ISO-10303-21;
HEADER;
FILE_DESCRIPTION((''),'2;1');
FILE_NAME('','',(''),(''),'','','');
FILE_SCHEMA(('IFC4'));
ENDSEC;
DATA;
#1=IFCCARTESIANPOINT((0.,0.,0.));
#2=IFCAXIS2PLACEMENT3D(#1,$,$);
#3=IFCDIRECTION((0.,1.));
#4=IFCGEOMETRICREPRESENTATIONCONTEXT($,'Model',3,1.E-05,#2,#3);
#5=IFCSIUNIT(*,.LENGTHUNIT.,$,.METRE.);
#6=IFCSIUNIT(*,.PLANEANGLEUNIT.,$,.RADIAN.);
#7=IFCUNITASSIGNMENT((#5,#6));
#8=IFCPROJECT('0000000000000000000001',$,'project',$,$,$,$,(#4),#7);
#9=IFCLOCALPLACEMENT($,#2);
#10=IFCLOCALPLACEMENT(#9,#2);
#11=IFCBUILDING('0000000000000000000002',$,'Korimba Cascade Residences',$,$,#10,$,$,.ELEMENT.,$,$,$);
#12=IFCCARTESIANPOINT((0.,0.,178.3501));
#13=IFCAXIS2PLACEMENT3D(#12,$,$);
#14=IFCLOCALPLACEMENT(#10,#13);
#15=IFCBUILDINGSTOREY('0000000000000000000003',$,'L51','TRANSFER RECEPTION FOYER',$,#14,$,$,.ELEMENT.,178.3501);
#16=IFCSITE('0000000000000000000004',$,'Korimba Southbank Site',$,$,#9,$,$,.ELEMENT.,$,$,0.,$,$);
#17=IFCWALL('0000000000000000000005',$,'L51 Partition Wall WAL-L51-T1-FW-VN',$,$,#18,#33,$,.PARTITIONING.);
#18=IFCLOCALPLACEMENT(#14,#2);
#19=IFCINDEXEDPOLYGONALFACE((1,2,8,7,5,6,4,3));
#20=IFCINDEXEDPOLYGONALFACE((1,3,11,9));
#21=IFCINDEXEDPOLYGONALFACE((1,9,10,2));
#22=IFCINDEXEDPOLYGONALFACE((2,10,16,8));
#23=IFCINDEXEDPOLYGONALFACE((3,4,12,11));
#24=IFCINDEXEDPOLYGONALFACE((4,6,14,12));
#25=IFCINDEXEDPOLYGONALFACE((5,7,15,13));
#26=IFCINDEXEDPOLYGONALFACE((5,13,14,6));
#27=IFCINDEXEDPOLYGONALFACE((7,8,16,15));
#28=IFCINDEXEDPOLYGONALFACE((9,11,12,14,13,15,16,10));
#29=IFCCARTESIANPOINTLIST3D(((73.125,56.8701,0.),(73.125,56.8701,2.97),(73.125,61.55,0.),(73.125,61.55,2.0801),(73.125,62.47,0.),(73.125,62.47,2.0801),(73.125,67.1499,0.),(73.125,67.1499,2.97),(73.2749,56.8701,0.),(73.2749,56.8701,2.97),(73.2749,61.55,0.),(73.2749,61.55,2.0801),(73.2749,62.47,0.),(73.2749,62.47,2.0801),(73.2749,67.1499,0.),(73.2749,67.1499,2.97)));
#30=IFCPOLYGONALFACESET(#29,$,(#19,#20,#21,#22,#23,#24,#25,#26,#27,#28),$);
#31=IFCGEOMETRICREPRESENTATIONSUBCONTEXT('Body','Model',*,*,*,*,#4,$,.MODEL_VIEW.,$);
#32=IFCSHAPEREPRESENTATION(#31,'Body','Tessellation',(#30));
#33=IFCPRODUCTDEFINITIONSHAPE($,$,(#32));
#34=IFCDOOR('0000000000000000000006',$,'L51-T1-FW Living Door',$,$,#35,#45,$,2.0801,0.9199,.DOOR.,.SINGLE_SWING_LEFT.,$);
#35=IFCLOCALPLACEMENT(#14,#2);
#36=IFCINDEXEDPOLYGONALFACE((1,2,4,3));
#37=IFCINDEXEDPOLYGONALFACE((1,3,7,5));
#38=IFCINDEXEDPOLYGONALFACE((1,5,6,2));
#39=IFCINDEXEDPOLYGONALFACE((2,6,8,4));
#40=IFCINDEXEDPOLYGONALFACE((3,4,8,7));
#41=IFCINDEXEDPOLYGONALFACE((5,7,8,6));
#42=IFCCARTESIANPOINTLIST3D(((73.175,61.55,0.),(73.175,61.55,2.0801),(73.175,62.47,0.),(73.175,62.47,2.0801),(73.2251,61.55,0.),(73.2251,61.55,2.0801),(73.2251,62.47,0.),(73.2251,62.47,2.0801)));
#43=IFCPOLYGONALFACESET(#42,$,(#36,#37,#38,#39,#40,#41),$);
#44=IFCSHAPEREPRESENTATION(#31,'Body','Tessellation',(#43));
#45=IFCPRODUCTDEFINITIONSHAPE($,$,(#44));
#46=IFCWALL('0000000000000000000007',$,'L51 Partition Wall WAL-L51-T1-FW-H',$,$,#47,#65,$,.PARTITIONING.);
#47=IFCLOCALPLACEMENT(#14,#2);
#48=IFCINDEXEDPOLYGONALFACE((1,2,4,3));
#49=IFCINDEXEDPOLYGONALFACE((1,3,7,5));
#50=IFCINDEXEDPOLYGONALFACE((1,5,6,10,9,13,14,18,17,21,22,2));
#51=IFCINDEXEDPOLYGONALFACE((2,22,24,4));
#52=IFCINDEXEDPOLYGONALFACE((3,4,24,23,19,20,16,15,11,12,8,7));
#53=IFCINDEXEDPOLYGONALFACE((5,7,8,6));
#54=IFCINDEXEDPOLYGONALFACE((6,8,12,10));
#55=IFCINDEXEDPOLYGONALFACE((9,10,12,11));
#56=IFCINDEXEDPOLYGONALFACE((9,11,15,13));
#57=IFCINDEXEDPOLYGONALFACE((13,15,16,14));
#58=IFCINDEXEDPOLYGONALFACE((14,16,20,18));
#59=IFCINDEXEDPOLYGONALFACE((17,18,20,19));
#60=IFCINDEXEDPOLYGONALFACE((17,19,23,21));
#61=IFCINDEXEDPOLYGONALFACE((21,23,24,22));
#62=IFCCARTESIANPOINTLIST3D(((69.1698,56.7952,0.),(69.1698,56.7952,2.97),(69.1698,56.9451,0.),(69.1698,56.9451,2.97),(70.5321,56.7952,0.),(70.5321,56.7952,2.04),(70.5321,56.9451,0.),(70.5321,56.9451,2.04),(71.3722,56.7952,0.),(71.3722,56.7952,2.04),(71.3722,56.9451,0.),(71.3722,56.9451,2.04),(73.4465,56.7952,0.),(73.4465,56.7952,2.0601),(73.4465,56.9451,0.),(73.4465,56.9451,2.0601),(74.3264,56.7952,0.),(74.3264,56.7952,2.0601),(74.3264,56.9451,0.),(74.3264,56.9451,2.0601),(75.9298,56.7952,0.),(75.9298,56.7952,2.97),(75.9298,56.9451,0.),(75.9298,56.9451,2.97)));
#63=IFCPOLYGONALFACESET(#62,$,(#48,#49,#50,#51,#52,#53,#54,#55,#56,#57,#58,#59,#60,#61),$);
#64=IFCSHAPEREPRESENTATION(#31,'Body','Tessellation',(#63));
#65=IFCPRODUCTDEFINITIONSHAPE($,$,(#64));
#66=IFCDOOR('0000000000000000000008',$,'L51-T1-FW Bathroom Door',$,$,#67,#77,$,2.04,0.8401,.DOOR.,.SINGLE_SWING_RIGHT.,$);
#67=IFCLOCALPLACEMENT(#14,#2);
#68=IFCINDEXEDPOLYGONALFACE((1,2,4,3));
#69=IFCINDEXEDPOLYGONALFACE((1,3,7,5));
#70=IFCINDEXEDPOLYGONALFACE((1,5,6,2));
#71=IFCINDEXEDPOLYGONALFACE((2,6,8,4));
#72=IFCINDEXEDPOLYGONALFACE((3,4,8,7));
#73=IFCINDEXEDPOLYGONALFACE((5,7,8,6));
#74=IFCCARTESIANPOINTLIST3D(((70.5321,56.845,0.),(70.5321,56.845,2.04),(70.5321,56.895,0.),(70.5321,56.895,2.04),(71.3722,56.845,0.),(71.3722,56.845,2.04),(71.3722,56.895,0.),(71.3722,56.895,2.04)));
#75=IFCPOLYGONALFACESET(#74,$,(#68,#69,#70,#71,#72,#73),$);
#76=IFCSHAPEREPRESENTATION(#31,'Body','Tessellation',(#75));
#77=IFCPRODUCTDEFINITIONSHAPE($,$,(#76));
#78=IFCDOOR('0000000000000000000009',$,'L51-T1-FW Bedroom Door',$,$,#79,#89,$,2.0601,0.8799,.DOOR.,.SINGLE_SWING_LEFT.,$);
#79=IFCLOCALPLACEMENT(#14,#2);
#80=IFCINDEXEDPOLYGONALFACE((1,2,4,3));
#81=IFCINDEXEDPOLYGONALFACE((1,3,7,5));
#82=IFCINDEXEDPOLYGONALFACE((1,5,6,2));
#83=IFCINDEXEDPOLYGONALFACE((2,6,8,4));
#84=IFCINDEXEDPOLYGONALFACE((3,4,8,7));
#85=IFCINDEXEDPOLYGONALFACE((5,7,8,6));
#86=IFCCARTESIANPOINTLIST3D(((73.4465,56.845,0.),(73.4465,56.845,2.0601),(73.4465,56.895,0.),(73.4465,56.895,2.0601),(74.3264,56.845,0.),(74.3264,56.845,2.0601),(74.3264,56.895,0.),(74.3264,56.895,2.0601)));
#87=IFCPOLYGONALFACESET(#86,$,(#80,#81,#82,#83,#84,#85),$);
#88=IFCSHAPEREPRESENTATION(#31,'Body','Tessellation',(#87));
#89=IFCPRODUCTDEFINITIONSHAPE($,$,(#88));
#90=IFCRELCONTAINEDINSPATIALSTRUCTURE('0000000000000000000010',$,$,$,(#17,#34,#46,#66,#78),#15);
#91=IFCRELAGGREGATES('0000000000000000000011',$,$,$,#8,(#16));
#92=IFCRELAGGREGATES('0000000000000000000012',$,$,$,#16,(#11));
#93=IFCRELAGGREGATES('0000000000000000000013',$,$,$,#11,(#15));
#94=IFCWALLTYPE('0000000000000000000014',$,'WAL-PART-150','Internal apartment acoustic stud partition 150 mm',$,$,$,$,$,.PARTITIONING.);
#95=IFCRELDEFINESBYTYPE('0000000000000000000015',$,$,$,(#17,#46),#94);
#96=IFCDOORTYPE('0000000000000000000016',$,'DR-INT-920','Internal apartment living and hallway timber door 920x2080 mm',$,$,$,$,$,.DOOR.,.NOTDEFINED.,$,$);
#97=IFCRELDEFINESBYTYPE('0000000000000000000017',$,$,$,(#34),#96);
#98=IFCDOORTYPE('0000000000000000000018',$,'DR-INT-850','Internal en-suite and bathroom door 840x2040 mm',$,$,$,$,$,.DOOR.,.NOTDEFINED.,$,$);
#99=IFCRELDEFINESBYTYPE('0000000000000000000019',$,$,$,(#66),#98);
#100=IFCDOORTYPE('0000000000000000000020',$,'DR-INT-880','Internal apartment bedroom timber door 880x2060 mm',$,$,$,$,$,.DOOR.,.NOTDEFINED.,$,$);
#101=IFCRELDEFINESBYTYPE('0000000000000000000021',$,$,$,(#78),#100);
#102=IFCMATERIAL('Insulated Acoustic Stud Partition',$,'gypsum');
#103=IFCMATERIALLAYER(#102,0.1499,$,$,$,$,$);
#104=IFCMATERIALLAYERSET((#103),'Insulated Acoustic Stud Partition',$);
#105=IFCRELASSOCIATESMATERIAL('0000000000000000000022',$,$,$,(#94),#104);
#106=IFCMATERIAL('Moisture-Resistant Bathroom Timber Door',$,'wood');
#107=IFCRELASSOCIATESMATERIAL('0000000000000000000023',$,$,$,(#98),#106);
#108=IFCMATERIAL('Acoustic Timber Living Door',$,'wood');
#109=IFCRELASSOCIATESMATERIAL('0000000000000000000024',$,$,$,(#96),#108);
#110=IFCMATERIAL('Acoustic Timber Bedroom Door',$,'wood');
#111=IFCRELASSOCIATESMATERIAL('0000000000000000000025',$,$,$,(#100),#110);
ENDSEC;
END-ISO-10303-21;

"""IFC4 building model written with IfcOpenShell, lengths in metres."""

from ifc_helpers import new_model, si_unit, direction, frame, frame_2d, origin, place, context, subcontext, project, spatial, rectangle, extrude, material, layer, layer_set, type_object, element, fill, save


model = new_model("IFC4")

# Units and contexts
model_context = context("Model", 3, precision=1e-05, world=origin(), true_north=direction((0.0, 1.0)))
body_context = subcontext(model_context, "Body", "Model", "MODEL_VIEW")
ifc_project = project(units=[si_unit("LENGTHUNIT", "METRE"), si_unit("PLANEANGLEUNIT", "RADIAN")], contexts=[model_context])

# Site, building, storey
site_placement = place(None, origin())
site = spatial("IfcSite", under=ifc_project, at=site_placement, Name="Korimba Southbank Site", CompositionType="ELEMENT", RefElevation=0.0)
building_placement = place(site_placement, origin())
building = spatial("IfcBuilding", under=site, at=building_placement, Name="Korimba Cascade Residences", CompositionType="ELEMENT")
storey_placement = place(building_placement, frame((0.0, 0.0, 178.3501)))
storey = spatial("IfcBuildingStorey", under=building, at=storey_placement, Name="L51", Description="TRANSFER RECEPTION FOYER", CompositionType="ELEMENT", Elevation=178.3501)

# Wall, opening, door
ifc_material_1 = material(Name="Insulated Acoustic Stud Partition", Category="gypsum")
ifc_layer_1 = layer(ifc_material_1, 0.1499)
ifc_layer_set_1 = layer_set([ifc_layer_1], Name="Insulated Acoustic Stud Partition")
wall_type_1 = type_object("IfcWallType", Name="WAL-PART-150", Description="Internal apartment acoustic stud partition 150 mm", PredefinedType="PARTITIONING", material=ifc_layer_set_1)
ifc_material_2 = material(Name="Moisture-Resistant Bathroom Timber Door", Category="wood")
door_type_1 = type_object("IfcDoorType", Name="DR-INT-850", Description="Internal en-suite and bathroom door 840x2040 mm", OperationType="NOTDEFINED", PredefinedType="DOOR", material=ifc_material_2)
wall_1_placement = place(storey_placement, frame((73.2, 56.8701, 0.0), z_axis=(0.0, 0.0, 1.0), x_axis=(0.0, 1.0, 0.0)))
wall_1 = element("IfcWall", 1, at=wall_1_placement, inside=storey, type_object=wall_type_1, Name="L51 Partition Wall WAL-L51-T1-FW-VN", PredefinedType="PARTITIONING", context=body_context, shape_type="SweptSolid", body=[
    extrude(rectangle(XDim=10.2798, YDim=0.1499, at=frame_2d((5.1399, 0.0))), origin(), (0.0, 0.0, 1.0), 2.97),
])
opening_1_placement = place(wall_1_placement, frame((4.6799, 0.0, 0.0)))
opening_1 = element("IfcOpeningElement", 2, at=opening_1_placement, cuts=wall_1, PredefinedType="OPENING", context=body_context, shape_type="SweptSolid", body=[
    extrude(rectangle(XDim=0.9199, YDim=2.0801, at=frame_2d((0.46, 1.04))), frame((0.0, 0.085, 0.0), z_axis=(0.0, -1.0, 0.0), x_axis=(1.0, 0.0, 0.0)), (0.0, 0.0, 1.0), 0.1699),
])
ifc_material_3 = material(Name="Acoustic Timber Living Door", Category="wood")
door_type_2 = type_object("IfcDoorType", Name="DR-INT-920", Description="Internal apartment living and hallway timber door 920x2080 mm", OperationType="NOTDEFINED", PredefinedType="DOOR", material=ifc_material_3)
door_1_placement = place(opening_1_placement, origin())
door_1 = element("IfcDoor", 3, at=door_1_placement, inside=storey, type_object=door_type_2, Name="L51-T1-FW Living Door", OperationType="SINGLE_SWING_LEFT", OverallHeight=2.0801, OverallWidth=0.9199, PredefinedType="DOOR", context=body_context, shape_type="SweptSolid", body=[
    extrude(rectangle(XDim=0.9199, YDim=2.0801, at=frame_2d((0.46, 1.04))), frame((0.0, 0.0249, 0.0), z_axis=(0.0, -1.0, 0.0), x_axis=(1.0, 0.0, 0.0)), (0.0, 0.0, 1.0), 0.05),
])
fill(opening_1, door_1)

# Wall, openings, doors
wall_2_placement = place(storey_placement, frame((69.1699, 56.8701, 0.0), z_axis=(0.0, 0.0, 1.0), x_axis=(1.0, 0.0, 0.0)))
wall_2 = element("IfcWall", 4, at=wall_2_placement, inside=storey, type_object=wall_type_1, Name="L51 Partition Wall WAL-L51-T1-FW-H", PredefinedType="PARTITIONING", context=body_context, shape_type="SweptSolid", body=[
    extrude(rectangle(XDim=6.76, YDim=0.1499, at=frame_2d((3.3799, 0.0))), origin(), (0.0, 0.0, 1.0), 2.97),
])
opening_2_placement = place(wall_2_placement, frame((1.3623, 0.0, 0.0)))
opening_2 = element("IfcOpeningElement", 5, at=opening_2_placement, cuts=wall_2, PredefinedType="OPENING", context=body_context, shape_type="SweptSolid", body=[
    extrude(rectangle(XDim=0.8401, YDim=2.04, at=frame_2d((0.4199, 1.02))), frame((0.0, 0.085, 0.0), z_axis=(0.0, -1.0, 0.0), x_axis=(1.0, 0.0, 0.0)), (0.0, 0.0, 1.0), 0.1699),
])
opening_3_placement = place(wall_2_placement, frame((4.2766, 0.0, 0.0)))
opening_3 = element("IfcOpeningElement", 6, at=opening_3_placement, cuts=wall_2, PredefinedType="OPENING", context=body_context, shape_type="SweptSolid", body=[
    extrude(rectangle(XDim=0.8799, YDim=2.0601, at=frame_2d((0.4399, 1.03))), frame((0.0, 0.085, 0.0), z_axis=(0.0, -1.0, 0.0), x_axis=(1.0, 0.0, 0.0)), (0.0, 0.0, 1.0), 0.1699),
])
door_2_placement = place(opening_2_placement, origin())
door_2 = element("IfcDoor", 7, at=door_2_placement, inside=storey, type_object=door_type_1, Name="L51-T1-FW Bathroom Door", OperationType="SINGLE_SWING_RIGHT", OverallHeight=2.04, OverallWidth=0.8401, PredefinedType="DOOR", context=body_context, shape_type="SweptSolid", body=[
    extrude(rectangle(XDim=0.8401, YDim=2.04, at=frame_2d((0.4199, 1.02))), frame((0.0, 0.0249, 0.0), z_axis=(0.0, -1.0, 0.0), x_axis=(1.0, 0.0, 0.0)), (0.0, 0.0, 1.0), 0.05),
])
fill(opening_2, door_2)
ifc_material_4 = material(Name="Acoustic Timber Bedroom Door", Category="wood")
door_type_3 = type_object("IfcDoorType", Name="DR-INT-880", Description="Internal apartment bedroom timber door 880x2060 mm", OperationType="NOTDEFINED", PredefinedType="DOOR", material=ifc_material_4)
door_3_placement = place(opening_3_placement, origin())
door_3 = element("IfcDoor", 8, at=door_3_placement, inside=storey, type_object=door_type_3, Name="L51-T1-FW Bedroom Door", OperationType="SINGLE_SWING_LEFT", OverallHeight=2.0601, OverallWidth=0.8799, PredefinedType="DOOR", context=body_context, shape_type="SweptSolid", body=[
    extrude(rectangle(XDim=0.8799, YDim=2.0601, at=frame_2d((0.4399, 1.03))), frame((0.0, 0.0249, 0.0), z_axis=(0.0, -1.0, 0.0), x_axis=(1.0, 0.0, 0.0)), (0.0, 0.0, 1.0), 0.05),
])
fill(opening_3, door_3)

save(model, "model.ifc")
